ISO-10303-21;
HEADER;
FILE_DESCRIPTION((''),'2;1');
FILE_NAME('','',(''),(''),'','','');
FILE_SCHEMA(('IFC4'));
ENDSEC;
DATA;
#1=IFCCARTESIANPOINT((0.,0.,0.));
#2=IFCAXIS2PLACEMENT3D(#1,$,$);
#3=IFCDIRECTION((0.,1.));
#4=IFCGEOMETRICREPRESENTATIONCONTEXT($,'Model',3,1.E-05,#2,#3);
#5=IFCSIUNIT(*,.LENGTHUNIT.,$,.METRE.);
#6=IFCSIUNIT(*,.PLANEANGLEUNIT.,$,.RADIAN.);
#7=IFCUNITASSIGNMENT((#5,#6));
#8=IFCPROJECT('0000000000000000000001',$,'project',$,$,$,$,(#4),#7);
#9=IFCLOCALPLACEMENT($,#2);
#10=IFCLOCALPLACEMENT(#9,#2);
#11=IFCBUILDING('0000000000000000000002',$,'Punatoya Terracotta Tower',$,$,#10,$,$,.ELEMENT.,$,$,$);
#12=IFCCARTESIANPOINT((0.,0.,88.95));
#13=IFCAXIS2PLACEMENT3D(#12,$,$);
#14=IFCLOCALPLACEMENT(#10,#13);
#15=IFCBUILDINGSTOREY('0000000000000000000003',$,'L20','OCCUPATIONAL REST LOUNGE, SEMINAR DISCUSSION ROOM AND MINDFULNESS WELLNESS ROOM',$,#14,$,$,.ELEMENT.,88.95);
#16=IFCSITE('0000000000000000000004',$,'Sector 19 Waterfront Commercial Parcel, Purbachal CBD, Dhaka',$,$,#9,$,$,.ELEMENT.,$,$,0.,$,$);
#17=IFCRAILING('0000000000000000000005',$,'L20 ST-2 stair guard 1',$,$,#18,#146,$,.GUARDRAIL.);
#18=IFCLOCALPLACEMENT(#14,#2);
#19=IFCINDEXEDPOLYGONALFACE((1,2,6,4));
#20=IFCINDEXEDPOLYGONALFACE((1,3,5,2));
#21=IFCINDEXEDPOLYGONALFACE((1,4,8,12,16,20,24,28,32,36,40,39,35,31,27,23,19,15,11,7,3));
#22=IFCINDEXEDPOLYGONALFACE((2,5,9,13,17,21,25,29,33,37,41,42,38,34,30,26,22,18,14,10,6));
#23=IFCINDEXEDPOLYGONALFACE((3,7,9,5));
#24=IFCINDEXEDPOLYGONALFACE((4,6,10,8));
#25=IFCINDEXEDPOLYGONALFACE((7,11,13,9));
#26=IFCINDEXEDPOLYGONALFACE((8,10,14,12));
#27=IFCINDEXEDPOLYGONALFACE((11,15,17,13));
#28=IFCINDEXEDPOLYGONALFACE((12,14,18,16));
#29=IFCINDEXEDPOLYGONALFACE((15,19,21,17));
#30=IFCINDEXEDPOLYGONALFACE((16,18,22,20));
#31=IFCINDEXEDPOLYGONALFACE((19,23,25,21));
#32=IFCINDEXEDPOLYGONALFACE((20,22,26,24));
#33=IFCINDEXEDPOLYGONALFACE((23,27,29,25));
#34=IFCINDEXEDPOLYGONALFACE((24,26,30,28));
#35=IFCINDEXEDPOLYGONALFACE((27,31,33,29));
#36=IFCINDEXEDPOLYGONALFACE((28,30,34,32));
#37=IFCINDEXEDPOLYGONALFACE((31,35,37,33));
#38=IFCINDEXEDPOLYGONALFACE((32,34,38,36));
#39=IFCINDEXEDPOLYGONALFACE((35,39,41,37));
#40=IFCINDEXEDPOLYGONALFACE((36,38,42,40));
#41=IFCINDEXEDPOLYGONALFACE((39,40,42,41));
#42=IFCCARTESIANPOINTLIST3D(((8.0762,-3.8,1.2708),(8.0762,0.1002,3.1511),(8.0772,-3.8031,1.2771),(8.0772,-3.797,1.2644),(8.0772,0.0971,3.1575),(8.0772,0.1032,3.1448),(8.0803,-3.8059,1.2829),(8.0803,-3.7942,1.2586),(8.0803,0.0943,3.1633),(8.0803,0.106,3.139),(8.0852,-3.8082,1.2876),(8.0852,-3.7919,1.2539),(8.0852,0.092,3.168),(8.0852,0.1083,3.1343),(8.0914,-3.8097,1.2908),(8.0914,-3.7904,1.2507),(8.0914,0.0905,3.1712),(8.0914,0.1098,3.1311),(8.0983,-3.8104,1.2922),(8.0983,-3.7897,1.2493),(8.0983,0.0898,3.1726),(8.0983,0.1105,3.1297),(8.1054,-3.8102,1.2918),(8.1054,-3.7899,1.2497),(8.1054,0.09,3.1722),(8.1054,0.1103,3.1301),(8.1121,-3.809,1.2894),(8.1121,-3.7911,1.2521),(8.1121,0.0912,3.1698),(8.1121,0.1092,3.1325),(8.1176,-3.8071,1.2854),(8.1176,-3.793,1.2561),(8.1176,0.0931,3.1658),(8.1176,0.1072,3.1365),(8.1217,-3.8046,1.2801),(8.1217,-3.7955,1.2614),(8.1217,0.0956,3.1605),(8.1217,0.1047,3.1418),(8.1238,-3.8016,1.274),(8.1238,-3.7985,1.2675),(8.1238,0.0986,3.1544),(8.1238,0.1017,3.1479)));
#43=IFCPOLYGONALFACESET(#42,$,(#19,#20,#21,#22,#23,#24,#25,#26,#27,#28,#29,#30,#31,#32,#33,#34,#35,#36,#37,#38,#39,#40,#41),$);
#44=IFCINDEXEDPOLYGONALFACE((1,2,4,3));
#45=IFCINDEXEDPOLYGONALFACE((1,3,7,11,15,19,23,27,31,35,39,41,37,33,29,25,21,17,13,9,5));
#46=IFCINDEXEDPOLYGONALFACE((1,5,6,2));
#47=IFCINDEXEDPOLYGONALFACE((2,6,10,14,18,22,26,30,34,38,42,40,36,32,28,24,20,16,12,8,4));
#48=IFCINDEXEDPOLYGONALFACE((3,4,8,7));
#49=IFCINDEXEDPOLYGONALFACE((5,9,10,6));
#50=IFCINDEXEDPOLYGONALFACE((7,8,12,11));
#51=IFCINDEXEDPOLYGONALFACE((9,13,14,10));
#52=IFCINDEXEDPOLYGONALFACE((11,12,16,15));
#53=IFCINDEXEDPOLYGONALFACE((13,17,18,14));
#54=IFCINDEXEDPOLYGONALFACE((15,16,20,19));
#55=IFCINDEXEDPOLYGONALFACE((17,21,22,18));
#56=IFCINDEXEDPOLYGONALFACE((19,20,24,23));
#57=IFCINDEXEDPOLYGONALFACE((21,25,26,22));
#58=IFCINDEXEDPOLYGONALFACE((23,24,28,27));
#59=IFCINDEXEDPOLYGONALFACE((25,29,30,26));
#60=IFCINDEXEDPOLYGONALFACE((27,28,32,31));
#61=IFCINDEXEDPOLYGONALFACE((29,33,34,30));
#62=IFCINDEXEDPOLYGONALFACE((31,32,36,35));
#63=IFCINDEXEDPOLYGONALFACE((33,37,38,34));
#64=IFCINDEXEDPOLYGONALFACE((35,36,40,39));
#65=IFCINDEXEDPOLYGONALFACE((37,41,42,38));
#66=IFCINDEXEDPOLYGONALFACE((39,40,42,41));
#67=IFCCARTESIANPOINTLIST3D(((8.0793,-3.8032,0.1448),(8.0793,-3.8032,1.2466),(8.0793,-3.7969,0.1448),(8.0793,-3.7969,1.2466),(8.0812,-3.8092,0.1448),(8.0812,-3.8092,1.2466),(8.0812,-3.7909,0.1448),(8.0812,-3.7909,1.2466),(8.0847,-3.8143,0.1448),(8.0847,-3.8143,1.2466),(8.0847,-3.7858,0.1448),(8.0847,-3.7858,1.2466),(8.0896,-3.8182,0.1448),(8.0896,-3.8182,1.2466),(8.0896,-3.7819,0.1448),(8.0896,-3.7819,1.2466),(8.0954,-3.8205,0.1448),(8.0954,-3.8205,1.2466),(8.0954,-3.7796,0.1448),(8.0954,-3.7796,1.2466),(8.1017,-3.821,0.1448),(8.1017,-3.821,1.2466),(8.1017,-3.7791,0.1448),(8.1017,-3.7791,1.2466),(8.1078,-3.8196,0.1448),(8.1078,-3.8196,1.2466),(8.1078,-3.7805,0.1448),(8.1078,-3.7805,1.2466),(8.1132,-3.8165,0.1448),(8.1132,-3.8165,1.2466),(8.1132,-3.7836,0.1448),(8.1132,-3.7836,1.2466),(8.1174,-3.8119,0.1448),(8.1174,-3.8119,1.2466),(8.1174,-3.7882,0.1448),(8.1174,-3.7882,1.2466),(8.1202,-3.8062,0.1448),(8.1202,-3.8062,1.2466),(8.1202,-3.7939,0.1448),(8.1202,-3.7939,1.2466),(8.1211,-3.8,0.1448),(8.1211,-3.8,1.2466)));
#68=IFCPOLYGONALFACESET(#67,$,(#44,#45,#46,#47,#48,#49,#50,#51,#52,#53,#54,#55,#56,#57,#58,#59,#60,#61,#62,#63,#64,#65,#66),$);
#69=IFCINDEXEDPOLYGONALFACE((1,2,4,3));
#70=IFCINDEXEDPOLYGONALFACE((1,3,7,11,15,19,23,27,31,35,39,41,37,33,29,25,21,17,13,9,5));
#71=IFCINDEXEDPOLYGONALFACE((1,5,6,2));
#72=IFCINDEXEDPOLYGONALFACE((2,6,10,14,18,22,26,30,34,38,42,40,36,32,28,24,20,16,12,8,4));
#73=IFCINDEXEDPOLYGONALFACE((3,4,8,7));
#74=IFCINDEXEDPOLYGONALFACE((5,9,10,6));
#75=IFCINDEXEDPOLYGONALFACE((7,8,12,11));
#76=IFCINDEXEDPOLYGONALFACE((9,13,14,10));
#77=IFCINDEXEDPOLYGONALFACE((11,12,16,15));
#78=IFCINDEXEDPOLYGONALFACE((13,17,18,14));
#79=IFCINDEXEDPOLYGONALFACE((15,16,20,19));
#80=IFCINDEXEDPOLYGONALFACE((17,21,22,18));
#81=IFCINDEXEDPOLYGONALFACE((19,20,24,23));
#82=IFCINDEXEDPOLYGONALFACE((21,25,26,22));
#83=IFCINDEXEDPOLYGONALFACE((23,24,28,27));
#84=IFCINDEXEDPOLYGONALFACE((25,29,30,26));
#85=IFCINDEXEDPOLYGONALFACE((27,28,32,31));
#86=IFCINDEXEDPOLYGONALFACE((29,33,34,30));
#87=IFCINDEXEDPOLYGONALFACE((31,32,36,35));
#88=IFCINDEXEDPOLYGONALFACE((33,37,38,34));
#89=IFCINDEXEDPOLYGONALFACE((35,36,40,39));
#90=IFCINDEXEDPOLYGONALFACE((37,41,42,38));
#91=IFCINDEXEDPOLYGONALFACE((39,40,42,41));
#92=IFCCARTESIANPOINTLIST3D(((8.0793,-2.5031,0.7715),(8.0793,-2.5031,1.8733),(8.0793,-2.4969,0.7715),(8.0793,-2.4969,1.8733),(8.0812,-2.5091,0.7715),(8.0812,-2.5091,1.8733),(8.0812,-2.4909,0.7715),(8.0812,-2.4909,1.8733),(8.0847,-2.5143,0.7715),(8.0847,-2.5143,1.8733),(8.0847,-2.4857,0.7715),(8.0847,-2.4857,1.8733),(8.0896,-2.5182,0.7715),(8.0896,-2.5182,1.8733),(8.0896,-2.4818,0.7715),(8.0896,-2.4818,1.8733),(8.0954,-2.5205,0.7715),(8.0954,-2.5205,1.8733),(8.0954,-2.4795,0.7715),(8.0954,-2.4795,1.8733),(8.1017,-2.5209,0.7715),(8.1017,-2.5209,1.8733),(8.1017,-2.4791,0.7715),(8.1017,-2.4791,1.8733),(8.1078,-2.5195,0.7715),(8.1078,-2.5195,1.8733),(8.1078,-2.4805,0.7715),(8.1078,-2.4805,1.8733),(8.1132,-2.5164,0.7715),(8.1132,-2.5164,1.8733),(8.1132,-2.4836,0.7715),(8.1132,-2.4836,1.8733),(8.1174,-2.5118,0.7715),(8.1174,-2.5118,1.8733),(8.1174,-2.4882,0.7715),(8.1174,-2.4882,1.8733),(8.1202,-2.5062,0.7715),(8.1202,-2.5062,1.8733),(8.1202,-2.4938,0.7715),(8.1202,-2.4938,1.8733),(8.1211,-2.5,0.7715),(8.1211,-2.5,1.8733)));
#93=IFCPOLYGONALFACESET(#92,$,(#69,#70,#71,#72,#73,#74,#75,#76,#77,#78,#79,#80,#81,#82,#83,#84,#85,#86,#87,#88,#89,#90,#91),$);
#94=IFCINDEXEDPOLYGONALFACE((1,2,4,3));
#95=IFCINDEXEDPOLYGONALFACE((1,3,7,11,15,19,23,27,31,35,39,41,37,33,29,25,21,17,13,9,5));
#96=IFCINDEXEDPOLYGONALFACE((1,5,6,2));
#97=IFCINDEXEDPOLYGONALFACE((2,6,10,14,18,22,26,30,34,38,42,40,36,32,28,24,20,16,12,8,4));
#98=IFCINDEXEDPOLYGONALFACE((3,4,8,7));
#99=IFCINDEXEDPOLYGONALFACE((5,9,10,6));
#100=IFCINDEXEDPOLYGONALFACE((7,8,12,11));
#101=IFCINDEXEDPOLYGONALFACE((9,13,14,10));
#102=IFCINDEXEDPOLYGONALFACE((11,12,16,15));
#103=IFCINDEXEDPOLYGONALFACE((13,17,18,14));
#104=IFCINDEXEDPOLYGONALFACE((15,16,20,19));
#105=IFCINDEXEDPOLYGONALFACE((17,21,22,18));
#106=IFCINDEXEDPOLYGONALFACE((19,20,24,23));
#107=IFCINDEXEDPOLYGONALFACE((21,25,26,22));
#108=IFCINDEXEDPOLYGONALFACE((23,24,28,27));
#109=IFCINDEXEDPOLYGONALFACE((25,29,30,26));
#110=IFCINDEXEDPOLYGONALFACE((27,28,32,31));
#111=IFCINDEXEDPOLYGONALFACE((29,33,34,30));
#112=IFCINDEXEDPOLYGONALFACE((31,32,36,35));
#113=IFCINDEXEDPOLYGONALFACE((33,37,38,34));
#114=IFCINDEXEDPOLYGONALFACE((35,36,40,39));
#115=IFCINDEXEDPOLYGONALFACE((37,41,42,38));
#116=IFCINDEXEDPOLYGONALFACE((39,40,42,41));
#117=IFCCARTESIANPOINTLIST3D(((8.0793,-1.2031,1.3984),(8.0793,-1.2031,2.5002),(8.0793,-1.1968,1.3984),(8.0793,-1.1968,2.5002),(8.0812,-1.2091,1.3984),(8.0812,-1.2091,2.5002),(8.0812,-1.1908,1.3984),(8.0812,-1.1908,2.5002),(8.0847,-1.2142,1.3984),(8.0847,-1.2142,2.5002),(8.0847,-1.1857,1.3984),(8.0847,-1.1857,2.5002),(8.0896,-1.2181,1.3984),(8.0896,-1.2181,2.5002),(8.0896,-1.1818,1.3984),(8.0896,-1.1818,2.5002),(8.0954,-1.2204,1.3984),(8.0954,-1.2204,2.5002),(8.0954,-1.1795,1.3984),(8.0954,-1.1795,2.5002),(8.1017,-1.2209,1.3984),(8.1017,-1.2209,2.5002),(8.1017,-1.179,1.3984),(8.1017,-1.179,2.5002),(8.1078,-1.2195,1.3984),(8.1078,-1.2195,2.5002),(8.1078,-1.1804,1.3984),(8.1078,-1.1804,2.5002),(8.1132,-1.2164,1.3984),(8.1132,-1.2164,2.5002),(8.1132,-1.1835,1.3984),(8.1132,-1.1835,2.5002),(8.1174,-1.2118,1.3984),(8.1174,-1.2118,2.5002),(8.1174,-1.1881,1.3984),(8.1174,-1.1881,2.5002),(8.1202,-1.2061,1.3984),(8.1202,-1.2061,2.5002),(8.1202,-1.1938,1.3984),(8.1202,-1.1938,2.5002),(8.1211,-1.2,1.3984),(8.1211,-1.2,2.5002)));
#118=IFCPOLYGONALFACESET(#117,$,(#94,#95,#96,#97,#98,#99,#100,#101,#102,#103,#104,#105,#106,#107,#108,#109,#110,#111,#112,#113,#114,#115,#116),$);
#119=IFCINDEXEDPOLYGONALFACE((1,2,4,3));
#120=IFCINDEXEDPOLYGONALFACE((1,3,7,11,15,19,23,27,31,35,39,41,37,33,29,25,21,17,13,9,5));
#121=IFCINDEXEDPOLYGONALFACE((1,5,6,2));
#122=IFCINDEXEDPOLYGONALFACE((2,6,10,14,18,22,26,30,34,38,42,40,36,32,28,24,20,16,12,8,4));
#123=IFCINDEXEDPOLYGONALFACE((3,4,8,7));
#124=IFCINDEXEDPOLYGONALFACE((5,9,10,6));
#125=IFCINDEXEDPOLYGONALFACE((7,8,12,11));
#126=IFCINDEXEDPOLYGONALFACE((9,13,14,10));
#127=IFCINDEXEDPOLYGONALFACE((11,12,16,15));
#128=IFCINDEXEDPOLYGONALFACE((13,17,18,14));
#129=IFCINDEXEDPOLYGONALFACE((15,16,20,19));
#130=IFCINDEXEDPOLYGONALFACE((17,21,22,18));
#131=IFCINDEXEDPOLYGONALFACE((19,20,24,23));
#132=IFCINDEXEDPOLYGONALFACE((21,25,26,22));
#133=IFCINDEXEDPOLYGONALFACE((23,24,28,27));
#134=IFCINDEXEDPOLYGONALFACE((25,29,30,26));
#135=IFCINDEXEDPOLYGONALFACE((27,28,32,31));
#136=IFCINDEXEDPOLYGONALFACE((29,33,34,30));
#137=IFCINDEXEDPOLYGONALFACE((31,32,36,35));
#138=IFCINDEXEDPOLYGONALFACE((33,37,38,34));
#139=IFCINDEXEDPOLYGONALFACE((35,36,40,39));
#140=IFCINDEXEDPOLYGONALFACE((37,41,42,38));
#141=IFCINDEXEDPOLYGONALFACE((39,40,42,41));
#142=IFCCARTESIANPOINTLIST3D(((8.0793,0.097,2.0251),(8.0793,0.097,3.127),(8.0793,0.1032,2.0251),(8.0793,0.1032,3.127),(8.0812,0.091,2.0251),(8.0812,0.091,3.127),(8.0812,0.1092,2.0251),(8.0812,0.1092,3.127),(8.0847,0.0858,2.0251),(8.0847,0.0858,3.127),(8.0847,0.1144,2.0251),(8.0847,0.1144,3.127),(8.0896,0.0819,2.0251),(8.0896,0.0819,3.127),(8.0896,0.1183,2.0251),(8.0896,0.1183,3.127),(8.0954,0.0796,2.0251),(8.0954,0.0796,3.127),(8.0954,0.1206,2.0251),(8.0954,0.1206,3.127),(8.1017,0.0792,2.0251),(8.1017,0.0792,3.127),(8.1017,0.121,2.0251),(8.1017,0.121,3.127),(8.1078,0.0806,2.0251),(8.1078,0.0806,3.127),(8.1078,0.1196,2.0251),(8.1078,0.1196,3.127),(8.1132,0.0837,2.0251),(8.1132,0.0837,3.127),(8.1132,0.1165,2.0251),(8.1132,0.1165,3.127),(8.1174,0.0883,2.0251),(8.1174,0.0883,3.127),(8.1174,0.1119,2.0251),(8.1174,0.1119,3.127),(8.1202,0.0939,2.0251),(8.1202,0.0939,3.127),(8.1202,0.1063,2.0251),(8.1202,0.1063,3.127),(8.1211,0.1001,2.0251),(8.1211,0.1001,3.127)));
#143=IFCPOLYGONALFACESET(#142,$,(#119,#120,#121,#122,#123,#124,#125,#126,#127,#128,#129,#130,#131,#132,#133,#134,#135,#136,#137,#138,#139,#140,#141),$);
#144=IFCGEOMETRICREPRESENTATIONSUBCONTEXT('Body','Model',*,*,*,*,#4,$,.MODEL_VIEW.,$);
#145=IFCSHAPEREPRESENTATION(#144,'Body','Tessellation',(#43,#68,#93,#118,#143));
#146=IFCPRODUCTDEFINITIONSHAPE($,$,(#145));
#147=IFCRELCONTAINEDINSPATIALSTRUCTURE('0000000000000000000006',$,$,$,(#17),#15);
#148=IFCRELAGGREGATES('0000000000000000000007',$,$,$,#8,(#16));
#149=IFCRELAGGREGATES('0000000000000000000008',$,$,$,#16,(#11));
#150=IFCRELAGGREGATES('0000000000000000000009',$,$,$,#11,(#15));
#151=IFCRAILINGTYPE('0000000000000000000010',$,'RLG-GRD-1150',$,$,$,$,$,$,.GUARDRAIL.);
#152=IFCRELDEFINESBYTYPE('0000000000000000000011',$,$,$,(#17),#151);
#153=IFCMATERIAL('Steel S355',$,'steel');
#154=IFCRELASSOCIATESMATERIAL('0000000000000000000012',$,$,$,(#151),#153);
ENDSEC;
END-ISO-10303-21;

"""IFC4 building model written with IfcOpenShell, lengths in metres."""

from ifc_helpers import new_model, si_unit, direction, frame, origin, origin_2d, place, context, subcontext, project, spatial, circle, extrude, material, type_object, element, save


model = new_model("IFC4")

# Units and contexts
model_context = context("Model", 3, precision=1e-05, world=origin(), true_north=direction((0.0, 1.0)))
body_context = subcontext(model_context, "Body", "Model", "MODEL_VIEW")
ifc_project = project(units=[si_unit("LENGTHUNIT", "METRE"), si_unit("PLANEANGLEUNIT", "RADIAN")], contexts=[model_context])

# Site, building, storey
site_placement = place(None, origin())
site = spatial("IfcSite", under=ifc_project, at=site_placement, Name="Sector 19 Waterfront Commercial Parcel, Purbachal CBD, Dhaka", CompositionType="ELEMENT", RefElevation=0.0)
building_placement = place(site_placement, origin())
building = spatial("IfcBuilding", under=site, at=building_placement, Name="Punatoya Terracotta Tower", CompositionType="ELEMENT")
storey_placement = place(building_placement, frame((0.0, 0.0, 88.95)))
storey = spatial("IfcBuildingStorey", under=building, at=storey_placement, Name="L20", Description="OCCUPATIONAL REST LOUNGE, SEMINAR DISCUSSION ROOM AND MINDFULNESS WELLNESS ROOM", CompositionType="ELEMENT", Elevation=88.95)

# Shared definitions
ifc_material_1 = material(Name="Steel S355", Category="steel")

# Railing
railing_type_1 = type_object("IfcRailingType", Name="RLG-GRD-1150", PredefinedType="GUARDRAIL", material=ifc_material_1)
railing_1_placement = place(storey_placement, frame((8.1001, -3.8, 0.1448)))
element("IfcRailing", 1, at=railing_1_placement, inside=storey, type_object=railing_type_1, Name="L20 ST-2 stair guard 1", PredefinedType="GUARDRAIL", context=body_context, shape_type="SweptSolid", body=[
    extrude(circle(Radius=0.0239, at=origin_2d()), frame((0.0, 0.0, 1.126), z_axis=(0.0, 0.900774, 0.434289), x_axis=(-1.0, 0.0, 0.0)), (0.0, 0.0, 1.0), 4.3298),
    extrude(circle(Radius=0.021, at=origin_2d()), origin(), (0.0, 0.0, 1.0), 1.1018),
    extrude(circle(Radius=0.021, at=origin_2d()), frame((0.0, 1.3, 0.6267)), (0.0, 0.0, 1.0), 1.1018),
    extrude(circle(Radius=0.021, at=origin_2d()), frame((0.0, 2.6001, 1.2537)), (0.0, 0.0, 1.0), 1.1018),
    extrude(circle(Radius=0.021, at=origin_2d()), frame((0.0, 3.9001, 1.8804)), (0.0, 0.0, 1.0), 1.1018),
])

save(model, "model.ifc")
